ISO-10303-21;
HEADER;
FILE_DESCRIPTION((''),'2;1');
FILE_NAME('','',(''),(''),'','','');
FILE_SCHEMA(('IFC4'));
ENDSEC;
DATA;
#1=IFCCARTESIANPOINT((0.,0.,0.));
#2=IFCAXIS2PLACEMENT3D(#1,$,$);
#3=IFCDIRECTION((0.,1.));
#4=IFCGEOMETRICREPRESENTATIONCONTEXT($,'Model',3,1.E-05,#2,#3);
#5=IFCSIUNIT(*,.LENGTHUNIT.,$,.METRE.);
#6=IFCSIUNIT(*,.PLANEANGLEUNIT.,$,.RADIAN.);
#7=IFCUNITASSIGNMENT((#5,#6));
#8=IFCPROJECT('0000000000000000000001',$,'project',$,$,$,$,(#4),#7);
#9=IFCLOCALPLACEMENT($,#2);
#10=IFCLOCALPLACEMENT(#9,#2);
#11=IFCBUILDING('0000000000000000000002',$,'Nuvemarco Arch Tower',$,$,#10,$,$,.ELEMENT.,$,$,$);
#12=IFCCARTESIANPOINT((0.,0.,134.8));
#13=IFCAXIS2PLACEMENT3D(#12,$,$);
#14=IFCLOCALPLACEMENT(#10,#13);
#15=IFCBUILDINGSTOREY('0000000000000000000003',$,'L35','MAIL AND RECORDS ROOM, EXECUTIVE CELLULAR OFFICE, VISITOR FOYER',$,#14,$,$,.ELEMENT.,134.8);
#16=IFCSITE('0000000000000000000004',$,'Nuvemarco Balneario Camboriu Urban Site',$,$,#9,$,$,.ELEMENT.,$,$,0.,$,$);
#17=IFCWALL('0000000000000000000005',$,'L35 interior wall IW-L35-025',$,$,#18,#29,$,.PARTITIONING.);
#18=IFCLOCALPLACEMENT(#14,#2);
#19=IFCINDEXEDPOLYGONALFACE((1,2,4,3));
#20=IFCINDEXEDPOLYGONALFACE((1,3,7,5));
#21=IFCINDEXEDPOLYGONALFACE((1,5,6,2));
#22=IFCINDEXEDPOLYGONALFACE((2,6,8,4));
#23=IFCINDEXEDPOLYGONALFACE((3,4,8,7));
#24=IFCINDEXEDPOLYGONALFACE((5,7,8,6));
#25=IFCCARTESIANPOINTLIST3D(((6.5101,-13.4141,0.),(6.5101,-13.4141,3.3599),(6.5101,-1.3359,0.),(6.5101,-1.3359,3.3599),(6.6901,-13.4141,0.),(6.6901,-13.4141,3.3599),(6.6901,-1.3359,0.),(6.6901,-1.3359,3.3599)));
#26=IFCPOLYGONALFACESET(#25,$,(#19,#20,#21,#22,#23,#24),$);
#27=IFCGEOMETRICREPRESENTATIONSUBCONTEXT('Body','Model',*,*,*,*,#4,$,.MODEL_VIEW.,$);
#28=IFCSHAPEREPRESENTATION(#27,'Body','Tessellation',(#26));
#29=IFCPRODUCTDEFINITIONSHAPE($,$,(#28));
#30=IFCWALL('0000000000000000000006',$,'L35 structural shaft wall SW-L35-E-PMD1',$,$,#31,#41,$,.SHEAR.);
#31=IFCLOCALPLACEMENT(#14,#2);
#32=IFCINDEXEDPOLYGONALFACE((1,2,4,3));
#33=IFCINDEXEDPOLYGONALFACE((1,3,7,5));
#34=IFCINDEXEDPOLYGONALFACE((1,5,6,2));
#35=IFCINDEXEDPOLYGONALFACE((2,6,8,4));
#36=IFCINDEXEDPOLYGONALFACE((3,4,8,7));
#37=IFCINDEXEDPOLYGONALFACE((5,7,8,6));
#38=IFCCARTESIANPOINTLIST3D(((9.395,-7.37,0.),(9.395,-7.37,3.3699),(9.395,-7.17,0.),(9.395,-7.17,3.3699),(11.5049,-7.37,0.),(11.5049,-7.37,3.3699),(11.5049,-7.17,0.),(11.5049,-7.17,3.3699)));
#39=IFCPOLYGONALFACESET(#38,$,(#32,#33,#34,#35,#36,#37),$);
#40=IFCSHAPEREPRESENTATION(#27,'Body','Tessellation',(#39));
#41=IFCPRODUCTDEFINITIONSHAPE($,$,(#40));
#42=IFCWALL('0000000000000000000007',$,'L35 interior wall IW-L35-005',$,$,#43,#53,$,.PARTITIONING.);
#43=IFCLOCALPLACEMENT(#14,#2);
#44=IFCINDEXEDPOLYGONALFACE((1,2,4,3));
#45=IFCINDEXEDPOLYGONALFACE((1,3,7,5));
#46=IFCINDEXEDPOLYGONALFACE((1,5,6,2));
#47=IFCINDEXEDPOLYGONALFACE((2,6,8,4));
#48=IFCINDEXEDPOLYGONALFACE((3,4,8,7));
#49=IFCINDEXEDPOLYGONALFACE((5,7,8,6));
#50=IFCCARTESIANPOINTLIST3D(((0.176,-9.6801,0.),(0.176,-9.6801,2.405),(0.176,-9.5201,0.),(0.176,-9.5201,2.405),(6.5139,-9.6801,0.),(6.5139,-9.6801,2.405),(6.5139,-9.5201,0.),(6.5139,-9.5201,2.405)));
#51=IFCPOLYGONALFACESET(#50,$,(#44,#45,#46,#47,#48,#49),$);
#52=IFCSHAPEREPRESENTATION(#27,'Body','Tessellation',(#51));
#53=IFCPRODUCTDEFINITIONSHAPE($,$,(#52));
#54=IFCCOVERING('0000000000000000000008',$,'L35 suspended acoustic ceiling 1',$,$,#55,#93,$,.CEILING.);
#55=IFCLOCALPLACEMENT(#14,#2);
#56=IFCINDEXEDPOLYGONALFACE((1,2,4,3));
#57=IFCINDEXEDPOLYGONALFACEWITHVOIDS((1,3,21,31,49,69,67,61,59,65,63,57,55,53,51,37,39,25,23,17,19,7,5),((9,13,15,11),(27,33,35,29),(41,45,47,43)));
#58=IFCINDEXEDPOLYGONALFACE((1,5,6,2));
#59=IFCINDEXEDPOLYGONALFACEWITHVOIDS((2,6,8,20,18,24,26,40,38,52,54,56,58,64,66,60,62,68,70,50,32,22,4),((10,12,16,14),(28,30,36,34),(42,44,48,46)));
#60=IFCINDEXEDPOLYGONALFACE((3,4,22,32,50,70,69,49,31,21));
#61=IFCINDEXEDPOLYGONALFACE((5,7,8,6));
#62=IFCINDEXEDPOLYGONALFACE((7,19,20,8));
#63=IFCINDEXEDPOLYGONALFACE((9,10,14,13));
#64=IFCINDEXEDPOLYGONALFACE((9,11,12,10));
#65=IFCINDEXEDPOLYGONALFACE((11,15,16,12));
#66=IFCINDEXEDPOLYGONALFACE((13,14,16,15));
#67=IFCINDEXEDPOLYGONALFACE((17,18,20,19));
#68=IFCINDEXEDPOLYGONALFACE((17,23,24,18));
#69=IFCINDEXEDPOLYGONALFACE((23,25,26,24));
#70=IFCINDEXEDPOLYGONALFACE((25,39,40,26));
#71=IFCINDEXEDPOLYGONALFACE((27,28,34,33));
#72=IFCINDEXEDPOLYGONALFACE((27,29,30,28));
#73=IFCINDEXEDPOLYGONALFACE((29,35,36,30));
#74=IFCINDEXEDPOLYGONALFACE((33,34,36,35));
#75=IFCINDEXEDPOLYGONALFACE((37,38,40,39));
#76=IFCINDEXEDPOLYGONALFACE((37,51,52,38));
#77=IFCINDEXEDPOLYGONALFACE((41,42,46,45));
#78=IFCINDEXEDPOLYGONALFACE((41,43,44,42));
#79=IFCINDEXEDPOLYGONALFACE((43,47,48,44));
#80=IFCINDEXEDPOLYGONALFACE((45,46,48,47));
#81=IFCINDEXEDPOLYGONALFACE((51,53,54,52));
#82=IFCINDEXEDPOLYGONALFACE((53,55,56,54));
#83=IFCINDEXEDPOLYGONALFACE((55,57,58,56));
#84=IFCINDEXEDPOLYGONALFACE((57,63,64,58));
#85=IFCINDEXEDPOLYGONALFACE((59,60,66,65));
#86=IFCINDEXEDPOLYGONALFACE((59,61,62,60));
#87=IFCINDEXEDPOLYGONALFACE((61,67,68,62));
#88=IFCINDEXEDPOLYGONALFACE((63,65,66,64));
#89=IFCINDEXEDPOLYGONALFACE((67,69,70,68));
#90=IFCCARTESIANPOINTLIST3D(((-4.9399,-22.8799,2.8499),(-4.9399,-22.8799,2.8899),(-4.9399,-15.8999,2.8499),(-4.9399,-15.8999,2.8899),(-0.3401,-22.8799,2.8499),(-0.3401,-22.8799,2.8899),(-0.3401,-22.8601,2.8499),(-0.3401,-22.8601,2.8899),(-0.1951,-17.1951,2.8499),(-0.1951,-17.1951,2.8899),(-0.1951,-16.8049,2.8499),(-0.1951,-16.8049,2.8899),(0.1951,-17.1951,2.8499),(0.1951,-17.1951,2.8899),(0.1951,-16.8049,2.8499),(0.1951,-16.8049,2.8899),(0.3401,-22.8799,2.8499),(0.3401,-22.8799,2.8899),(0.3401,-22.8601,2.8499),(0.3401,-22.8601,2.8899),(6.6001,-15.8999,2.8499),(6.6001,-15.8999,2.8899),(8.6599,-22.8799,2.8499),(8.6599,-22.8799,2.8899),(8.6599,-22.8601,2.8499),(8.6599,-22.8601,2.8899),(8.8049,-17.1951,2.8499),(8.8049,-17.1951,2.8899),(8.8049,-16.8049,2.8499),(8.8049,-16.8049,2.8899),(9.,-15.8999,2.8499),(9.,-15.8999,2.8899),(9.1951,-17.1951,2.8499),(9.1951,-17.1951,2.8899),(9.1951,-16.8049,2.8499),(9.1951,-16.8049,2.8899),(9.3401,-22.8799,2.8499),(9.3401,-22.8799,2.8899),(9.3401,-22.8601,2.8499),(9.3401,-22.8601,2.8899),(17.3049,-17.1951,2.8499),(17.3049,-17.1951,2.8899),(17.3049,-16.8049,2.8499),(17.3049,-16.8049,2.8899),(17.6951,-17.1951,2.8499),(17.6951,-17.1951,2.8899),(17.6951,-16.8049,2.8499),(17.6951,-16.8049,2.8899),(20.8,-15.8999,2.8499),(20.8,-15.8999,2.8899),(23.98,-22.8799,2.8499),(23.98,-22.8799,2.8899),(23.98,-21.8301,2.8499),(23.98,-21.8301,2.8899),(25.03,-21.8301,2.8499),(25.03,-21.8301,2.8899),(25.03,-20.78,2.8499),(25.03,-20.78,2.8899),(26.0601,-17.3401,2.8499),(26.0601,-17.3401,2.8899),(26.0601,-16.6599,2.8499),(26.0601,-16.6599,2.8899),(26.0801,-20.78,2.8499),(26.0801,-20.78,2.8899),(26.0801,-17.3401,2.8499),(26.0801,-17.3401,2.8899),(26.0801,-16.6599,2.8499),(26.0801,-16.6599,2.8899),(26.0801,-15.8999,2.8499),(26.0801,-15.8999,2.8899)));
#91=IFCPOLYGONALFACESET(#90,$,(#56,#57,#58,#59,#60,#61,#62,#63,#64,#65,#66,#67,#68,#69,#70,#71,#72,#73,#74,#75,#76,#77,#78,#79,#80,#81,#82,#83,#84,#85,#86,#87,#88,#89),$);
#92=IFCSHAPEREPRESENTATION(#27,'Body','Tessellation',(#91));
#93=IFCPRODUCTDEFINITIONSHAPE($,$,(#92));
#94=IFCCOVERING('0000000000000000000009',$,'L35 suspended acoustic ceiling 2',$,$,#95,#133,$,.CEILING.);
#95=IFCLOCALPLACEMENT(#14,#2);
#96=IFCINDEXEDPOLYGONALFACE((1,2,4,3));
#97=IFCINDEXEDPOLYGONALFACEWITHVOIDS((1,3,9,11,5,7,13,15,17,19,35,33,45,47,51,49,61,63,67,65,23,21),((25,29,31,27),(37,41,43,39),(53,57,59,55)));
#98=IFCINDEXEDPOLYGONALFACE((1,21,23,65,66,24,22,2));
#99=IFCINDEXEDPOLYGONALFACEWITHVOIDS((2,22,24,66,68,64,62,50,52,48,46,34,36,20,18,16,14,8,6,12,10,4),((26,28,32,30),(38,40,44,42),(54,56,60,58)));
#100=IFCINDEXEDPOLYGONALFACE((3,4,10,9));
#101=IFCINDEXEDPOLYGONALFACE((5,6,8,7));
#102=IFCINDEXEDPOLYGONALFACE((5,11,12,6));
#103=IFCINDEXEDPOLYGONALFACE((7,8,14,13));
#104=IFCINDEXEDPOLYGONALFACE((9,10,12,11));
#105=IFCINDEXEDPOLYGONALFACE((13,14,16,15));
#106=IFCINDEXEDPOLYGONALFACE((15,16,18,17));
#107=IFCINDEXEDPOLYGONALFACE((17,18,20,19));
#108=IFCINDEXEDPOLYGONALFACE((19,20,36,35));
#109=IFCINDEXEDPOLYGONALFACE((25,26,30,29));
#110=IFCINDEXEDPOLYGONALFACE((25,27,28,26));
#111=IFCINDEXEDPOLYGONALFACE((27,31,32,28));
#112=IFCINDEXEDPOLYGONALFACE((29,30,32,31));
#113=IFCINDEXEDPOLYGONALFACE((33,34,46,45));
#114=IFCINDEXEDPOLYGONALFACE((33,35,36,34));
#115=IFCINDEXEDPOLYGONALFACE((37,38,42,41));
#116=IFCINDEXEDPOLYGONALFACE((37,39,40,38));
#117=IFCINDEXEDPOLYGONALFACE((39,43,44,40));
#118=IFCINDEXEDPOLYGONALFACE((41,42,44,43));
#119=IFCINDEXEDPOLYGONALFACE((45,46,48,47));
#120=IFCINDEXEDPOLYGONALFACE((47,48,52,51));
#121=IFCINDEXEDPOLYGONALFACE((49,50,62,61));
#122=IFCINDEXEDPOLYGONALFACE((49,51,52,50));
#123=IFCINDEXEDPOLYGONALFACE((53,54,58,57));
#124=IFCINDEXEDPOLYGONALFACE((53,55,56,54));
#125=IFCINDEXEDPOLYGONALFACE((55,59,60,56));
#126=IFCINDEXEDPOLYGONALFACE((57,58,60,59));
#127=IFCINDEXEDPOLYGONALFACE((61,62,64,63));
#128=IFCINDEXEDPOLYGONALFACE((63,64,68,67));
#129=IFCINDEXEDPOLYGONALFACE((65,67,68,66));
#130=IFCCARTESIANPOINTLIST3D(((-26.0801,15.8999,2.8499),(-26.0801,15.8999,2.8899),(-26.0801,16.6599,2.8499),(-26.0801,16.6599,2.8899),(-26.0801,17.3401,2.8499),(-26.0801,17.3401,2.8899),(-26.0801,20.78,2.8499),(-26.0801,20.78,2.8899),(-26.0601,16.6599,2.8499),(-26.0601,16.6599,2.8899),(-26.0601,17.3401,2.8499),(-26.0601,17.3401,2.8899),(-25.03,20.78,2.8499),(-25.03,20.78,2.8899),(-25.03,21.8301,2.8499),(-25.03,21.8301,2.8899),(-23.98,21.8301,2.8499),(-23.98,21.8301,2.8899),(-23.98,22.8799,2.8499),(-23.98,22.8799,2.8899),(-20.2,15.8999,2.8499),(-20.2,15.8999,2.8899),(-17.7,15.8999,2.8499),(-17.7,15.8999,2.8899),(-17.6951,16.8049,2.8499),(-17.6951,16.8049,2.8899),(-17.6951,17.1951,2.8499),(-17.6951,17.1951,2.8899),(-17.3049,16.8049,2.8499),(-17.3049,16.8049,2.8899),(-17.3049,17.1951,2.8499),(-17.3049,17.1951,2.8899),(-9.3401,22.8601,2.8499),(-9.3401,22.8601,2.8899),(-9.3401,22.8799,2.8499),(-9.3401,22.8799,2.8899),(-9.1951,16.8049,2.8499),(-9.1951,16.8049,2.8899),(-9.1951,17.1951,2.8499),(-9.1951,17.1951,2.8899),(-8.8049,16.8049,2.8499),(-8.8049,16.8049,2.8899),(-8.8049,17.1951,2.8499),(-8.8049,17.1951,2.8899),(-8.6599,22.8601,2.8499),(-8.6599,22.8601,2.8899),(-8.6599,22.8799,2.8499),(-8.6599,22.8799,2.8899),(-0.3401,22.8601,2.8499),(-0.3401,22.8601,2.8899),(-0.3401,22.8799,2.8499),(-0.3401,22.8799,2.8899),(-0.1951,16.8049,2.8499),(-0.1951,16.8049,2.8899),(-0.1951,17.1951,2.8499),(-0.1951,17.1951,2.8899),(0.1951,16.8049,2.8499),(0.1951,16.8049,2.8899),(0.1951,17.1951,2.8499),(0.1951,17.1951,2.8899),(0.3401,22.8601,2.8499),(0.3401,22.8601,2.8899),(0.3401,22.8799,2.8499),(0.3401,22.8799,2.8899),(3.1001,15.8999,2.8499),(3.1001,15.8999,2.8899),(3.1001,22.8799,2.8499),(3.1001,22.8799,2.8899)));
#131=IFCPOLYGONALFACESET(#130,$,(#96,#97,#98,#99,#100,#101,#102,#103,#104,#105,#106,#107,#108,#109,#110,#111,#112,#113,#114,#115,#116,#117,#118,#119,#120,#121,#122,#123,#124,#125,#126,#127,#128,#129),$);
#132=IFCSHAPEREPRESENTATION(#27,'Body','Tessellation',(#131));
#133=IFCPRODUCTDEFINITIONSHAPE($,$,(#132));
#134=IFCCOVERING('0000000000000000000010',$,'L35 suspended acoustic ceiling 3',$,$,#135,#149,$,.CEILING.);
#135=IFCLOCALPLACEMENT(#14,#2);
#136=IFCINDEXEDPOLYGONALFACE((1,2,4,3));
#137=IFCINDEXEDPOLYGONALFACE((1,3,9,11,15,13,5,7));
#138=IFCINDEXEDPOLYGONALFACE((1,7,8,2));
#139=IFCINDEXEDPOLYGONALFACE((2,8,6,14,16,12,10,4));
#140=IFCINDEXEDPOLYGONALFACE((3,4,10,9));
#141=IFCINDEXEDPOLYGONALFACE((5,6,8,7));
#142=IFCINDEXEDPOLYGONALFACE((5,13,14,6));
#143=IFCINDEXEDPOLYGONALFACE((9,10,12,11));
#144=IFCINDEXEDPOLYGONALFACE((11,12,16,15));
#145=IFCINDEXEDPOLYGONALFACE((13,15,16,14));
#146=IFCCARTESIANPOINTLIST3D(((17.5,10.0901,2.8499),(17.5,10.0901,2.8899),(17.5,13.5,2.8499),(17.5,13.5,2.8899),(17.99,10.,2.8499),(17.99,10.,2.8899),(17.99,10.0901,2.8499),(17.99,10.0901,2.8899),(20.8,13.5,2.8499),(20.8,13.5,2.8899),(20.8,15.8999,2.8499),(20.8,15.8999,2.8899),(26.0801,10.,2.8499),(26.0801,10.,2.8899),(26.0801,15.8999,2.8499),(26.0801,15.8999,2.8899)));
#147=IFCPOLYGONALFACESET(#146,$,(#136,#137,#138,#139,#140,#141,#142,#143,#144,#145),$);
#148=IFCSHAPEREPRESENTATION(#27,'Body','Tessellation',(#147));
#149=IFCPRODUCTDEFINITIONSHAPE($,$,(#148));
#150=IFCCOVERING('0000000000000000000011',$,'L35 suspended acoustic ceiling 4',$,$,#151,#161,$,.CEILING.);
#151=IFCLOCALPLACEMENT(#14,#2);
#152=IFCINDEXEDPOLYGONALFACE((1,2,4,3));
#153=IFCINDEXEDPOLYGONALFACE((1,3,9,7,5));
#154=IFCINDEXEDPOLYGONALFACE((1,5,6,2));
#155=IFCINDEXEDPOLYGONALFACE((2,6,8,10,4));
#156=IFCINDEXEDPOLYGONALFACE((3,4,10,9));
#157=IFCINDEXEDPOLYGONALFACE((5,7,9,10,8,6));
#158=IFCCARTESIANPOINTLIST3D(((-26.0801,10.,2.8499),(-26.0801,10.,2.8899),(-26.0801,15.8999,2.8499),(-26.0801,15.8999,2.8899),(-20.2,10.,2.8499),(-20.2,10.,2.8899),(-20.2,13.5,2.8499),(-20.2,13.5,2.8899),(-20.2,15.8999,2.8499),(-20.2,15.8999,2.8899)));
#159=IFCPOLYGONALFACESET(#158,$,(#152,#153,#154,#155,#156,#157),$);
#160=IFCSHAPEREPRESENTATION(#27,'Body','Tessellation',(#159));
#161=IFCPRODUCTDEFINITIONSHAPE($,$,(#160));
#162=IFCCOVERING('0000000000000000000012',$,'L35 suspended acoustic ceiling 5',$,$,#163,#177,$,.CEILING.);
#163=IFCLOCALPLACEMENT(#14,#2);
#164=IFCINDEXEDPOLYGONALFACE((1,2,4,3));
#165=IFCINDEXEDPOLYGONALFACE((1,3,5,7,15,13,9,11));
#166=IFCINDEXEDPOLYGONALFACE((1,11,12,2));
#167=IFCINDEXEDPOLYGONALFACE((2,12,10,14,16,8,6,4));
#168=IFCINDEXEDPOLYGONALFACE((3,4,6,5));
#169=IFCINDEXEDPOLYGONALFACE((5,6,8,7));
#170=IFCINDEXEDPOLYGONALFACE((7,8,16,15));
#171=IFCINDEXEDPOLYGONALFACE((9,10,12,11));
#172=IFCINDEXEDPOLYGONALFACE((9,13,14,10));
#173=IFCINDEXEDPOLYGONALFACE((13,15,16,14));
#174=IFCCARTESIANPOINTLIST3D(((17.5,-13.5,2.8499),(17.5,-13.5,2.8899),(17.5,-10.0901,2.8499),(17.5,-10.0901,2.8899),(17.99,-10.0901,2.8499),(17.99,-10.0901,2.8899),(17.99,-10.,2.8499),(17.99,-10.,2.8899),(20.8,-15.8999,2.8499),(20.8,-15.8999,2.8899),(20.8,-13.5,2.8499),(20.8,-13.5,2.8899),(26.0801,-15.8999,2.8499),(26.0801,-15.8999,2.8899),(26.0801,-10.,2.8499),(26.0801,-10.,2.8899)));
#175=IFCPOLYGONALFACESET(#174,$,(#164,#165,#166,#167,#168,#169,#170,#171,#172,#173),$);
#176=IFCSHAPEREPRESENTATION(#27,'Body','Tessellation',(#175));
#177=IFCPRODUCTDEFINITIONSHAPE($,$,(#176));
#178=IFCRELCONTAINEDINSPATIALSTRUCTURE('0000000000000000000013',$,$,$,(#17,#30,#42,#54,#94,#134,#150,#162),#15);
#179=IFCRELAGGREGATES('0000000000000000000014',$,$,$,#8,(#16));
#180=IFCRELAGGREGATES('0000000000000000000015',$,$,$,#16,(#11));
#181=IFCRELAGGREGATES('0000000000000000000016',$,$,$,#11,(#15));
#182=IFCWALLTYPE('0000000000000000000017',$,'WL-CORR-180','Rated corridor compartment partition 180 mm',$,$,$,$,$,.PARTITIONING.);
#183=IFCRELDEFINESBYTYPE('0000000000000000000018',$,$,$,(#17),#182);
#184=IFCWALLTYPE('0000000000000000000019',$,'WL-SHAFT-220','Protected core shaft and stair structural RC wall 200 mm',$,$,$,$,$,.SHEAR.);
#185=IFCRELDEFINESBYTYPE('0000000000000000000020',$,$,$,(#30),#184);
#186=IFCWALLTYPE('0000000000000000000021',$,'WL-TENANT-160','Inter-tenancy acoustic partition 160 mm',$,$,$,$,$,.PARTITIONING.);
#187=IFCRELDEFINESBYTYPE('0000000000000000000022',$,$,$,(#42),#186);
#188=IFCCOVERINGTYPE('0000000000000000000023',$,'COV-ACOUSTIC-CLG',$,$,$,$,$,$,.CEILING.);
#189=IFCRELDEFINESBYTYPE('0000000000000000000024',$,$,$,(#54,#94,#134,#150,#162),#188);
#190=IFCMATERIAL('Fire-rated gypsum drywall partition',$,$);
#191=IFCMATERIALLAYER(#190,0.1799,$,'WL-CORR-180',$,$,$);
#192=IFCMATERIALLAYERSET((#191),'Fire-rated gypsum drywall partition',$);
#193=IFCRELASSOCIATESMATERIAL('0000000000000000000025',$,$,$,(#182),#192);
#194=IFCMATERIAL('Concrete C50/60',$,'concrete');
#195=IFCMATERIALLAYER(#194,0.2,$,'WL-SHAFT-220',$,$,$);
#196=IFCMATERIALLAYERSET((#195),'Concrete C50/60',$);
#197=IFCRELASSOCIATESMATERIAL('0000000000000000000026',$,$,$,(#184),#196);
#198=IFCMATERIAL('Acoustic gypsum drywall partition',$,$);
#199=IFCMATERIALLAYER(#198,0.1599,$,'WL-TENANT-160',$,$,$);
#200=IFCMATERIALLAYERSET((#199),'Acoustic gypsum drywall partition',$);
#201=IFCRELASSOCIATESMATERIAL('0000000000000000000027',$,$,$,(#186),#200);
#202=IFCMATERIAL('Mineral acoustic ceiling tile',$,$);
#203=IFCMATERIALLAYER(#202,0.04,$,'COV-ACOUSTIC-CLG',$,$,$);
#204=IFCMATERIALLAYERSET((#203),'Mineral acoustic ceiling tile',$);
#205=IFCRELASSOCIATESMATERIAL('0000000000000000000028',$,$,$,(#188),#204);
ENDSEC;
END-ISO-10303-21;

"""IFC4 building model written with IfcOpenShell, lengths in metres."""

from ifc_helpers import new_model, si_unit, direction, frame, frame_2d, origin, place, context, subcontext, project, spatial, polyline, rectangle, outline, extrude, material, layer, layer_set, type_object, element, save


model = new_model("IFC4")

# Units and contexts
model_context = context("Model", 3, precision=1e-05, world=origin(), true_north=direction((0.0, 1.0)))
body_context = subcontext(model_context, "Body", "Model", "MODEL_VIEW")
ifc_project = project(units=[si_unit("LENGTHUNIT", "METRE"), si_unit("PLANEANGLEUNIT", "RADIAN")], contexts=[model_context])

# Site, building, storey
site_placement = place(None, origin())
site = spatial("IfcSite", under=ifc_project, at=site_placement, Name="Nuvemarco Balneario Camboriu Urban Site", CompositionType="ELEMENT", RefElevation=0.0)
building_placement = place(site_placement, origin())
building = spatial("IfcBuilding", under=site, at=building_placement, Name="Nuvemarco Arch Tower", CompositionType="ELEMENT")
storey_placement = place(building_placement, frame((0.0, 0.0, 134.8)))
storey = spatial("IfcBuildingStorey", under=building, at=storey_placement, Name="L35", Description="MAIL AND RECORDS ROOM, EXECUTIVE CELLULAR OFFICE, VISITOR FOYER", CompositionType="ELEMENT", Elevation=134.8)

# Shared definitions
ifc_material_1 = material(Name="Concrete C50/60", Category="concrete")

# Walls
ifc_material_2 = material(Name="Fire-rated gypsum drywall partition")
ifc_layer_1 = layer(ifc_material_2, 0.1799, Name="WL-CORR-180")
ifc_layer_set_1 = layer_set([ifc_layer_1], Name="Fire-rated gypsum drywall partition")
wall_type_1 = type_object("IfcWallType", Name="WL-CORR-180", Description="Rated corridor compartment partition 180 mm", PredefinedType="PARTITIONING", material=ifc_layer_set_1)
wall_1_placement = place(storey_placement, frame((6.6001, -13.4141, 0.0), z_axis=(0.0, 0.0, 1.0), x_axis=(0.0, 1.0, 0.0)))
element("IfcWall", 1, at=wall_1_placement, inside=storey, type_object=wall_type_1, Name="L35 interior wall IW-L35-025", PredefinedType="PARTITIONING", context=body_context, shape_type="SweptSolid", body=[
    extrude(rectangle(XDim=12.0781, YDim=0.1799, at=frame_2d((6.0391, 0.0))), origin(), (0.0, 0.0, 1.0), 3.3599),
])
ifc_layer_2 = layer(ifc_material_1, 0.2, Name="WL-SHAFT-220")
ifc_layer_set_2 = layer_set([ifc_layer_2], Name="Concrete C50/60")
wall_type_2 = type_object("IfcWallType", Name="WL-SHAFT-220", Description="Protected core shaft and stair structural RC wall 200 mm", PredefinedType="SHEAR", material=ifc_layer_set_2)
wall_2_placement = place(storey_placement, frame((9.395, -7.27, 0.0), z_axis=(0.0, 0.0, 1.0), x_axis=(1.0, 0.0, 0.0)))
element("IfcWall", 2, at=wall_2_placement, inside=storey, type_object=wall_type_2, Name="L35 structural shaft wall SW-L35-E-PMD1", PredefinedType="SHEAR", context=body_context, shape_type="SweptSolid", body=[
    extrude(rectangle(XDim=2.1099, YDim=0.2, at=frame_2d((1.0549, 0.0))), origin(), (0.0, 0.0, 1.0), 3.3699),
])
ifc_material_3 = material(Name="Acoustic gypsum drywall partition")
ifc_layer_3 = layer(ifc_material_3, 0.1599, Name="WL-TENANT-160")
ifc_layer_set_3 = layer_set([ifc_layer_3], Name="Acoustic gypsum drywall partition")
wall_type_3 = type_object("IfcWallType", Name="WL-TENANT-160", Description="Inter-tenancy acoustic partition 160 mm", PredefinedType="PARTITIONING", material=ifc_layer_set_3)
wall_3_placement = place(storey_placement, frame((0.176, -9.6001, 0.0), z_axis=(0.0, 0.0, 1.0), x_axis=(1.0, 0.0, 0.0)))
element("IfcWall", 3, at=wall_3_placement, inside=storey, type_object=wall_type_3, Name="L35 interior wall IW-L35-005", PredefinedType="PARTITIONING", context=body_context, shape_type="SweptSolid", body=[
    extrude(rectangle(XDim=6.3379, YDim=0.1599, at=frame_2d((3.1689, 0.0))), origin(), (0.0, 0.0, 1.0), 2.405),
])

# Coverings
ifc_material_4 = material(Name="Mineral acoustic ceiling tile")
ifc_layer_4 = layer(ifc_material_4, 0.04, Name="COV-ACOUSTIC-CLG")
ifc_layer_set_4 = layer_set([ifc_layer_4], Name="Mineral acoustic ceiling tile")
covering_type = type_object("IfcCoveringType", Name="COV-ACOUSTIC-CLG", PredefinedType="CEILING", material=ifc_layer_set_4)
covering_1_placement = place(storey_placement, frame((0.0, 0.0, 2.8499)))
element("IfcCovering", 4, at=covering_1_placement, inside=storey, type_object=covering_type, Name="L35 suspended acoustic ceiling 1", PredefinedType="CEILING", context=body_context, shape_type="SweptSolid", body=[
    extrude(outline(polyline([(23.98, -22.8799), (9.3401, -22.8799), (9.3401, -22.8601), (8.6599, -22.8601), (8.6599, -22.8799), (0.3401, -22.8799), (0.3401, -22.8601), (-0.3401, -22.8601), (-0.3401, -22.8799), (-4.9399, -22.8799), (-4.9399, -15.8999), (6.6001, -15.8999), (9.0, -15.8999), (20.8, -15.8999), (26.0801, -15.8999), (26.0801, -16.6599), (26.0601, -16.6599), (26.0601, -17.3401), (26.0801, -17.3401), (26.0801, -20.78), (25.03, -20.78), (25.03, -21.8301), (23.98, -21.8301), (23.98, -22.8799)]), holes=[polyline([(0.1951, -17.1951), (0.1951, -16.8049), (-0.1951, -16.8049), (-0.1951, -17.1951), (0.1951, -17.1951)]), polyline([(9.1951, -17.1951), (9.1951, -16.8049), (8.8049, -16.8049), (8.8049, -17.1951), (9.1951, -17.1951)]), polyline([(17.6951, -17.1951), (17.6951, -16.8049), (17.3049, -16.8049), (17.3049, -17.1951), (17.6951, -17.1951)])]), origin(), (0.0, 0.0, 1.0), 0.04),
])
covering_2_placement = place(storey_placement, frame((0.0, 0.0, 2.8499)))
element("IfcCovering", 5, at=covering_2_placement, inside=storey, type_object=covering_type, Name="L35 suspended acoustic ceiling 2", PredefinedType="CEILING", context=body_context, shape_type="SweptSolid", body=[
    extrude(outline(polyline([(-26.0601, 16.6599), (-26.0601, 17.3401), (-26.0801, 17.3401), (-26.0801, 20.78), (-25.03, 20.78), (-25.03, 21.8301), (-23.98, 21.8301), (-23.98, 22.8799), (-9.3401, 22.8799), (-9.3401, 22.8601), (-8.6599, 22.8601), (-8.6599, 22.8799), (-0.3401, 22.8799), (-0.3401, 22.8601), (0.3401, 22.8601), (0.3401, 22.8799), (3.1001, 22.8799), (3.1001, 15.8999), (-17.7, 15.8999), (-20.2, 15.8999), (-26.0801, 15.8999), (-26.0801, 16.6599), (-26.0601, 16.6599)]), holes=[polyline([(-17.3049, 16.8049), (-17.3049, 17.1951), (-17.6951, 17.1951), (-17.6951, 16.8049), (-17.3049, 16.8049)]), polyline([(-8.8049, 16.8049), (-8.8049, 17.1951), (-9.1951, 17.1951), (-9.1951, 16.8049), (-8.8049, 16.8049)]), polyline([(0.1951, 16.8049), (0.1951, 17.1951), (-0.1951, 17.1951), (-0.1951, 16.8049), (0.1951, 16.8049)])]), origin(), (0.0, 0.0, 1.0), 0.04),
])
covering_3_placement = place(storey_placement, frame((0.0, 0.0, 2.8499)))
element("IfcCovering", 6, at=covering_3_placement, inside=storey, type_object=covering_type, Name="L35 suspended acoustic ceiling 3", PredefinedType="CEILING", context=body_context, shape_type="SweptSolid", body=[
    extrude(outline(polyline([(17.99, 10.0901), (17.5, 10.0901), (17.5, 13.5), (20.8, 13.5), (20.8, 15.8999), (26.0801, 15.8999), (26.0801, 10.0), (17.99, 10.0), (17.99, 10.0901)])), origin(), (0.0, 0.0, 1.0), 0.04),
])
covering_4_placement = place(storey_placement, frame((0.0, 0.0, 2.8499)))
element("IfcCovering", 7, at=covering_4_placement, inside=storey, type_object=covering_type, Name="L35 suspended acoustic ceiling 4", PredefinedType="CEILING", context=body_context, shape_type="SweptSolid", body=[
    extrude(outline(polyline([(-26.0801, 15.8999), (-20.2, 15.8999), (-20.2, 13.5), (-20.2, 10.0), (-26.0801, 10.0), (-26.0801, 15.8999)])), origin(), (0.0, 0.0, 1.0), 0.04),
])
covering_5_placement = place(storey_placement, frame((0.0, 0.0, 2.8499)))
element("IfcCovering", 8, at=covering_5_placement, inside=storey, type_object=covering_type, Name="L35 suspended acoustic ceiling 5", PredefinedType="CEILING", context=body_context, shape_type="SweptSolid", body=[
    extrude(outline(polyline([(17.5, -10.0901), (17.99, -10.0901), (17.99, -10.0), (26.0801, -10.0), (26.0801, -15.8999), (20.8, -15.8999), (20.8, -13.5), (17.5, -13.5), (17.5, -10.0901)])), origin(), (0.0, 0.0, 1.0), 0.04),
])

save(model, "model.ifc")
